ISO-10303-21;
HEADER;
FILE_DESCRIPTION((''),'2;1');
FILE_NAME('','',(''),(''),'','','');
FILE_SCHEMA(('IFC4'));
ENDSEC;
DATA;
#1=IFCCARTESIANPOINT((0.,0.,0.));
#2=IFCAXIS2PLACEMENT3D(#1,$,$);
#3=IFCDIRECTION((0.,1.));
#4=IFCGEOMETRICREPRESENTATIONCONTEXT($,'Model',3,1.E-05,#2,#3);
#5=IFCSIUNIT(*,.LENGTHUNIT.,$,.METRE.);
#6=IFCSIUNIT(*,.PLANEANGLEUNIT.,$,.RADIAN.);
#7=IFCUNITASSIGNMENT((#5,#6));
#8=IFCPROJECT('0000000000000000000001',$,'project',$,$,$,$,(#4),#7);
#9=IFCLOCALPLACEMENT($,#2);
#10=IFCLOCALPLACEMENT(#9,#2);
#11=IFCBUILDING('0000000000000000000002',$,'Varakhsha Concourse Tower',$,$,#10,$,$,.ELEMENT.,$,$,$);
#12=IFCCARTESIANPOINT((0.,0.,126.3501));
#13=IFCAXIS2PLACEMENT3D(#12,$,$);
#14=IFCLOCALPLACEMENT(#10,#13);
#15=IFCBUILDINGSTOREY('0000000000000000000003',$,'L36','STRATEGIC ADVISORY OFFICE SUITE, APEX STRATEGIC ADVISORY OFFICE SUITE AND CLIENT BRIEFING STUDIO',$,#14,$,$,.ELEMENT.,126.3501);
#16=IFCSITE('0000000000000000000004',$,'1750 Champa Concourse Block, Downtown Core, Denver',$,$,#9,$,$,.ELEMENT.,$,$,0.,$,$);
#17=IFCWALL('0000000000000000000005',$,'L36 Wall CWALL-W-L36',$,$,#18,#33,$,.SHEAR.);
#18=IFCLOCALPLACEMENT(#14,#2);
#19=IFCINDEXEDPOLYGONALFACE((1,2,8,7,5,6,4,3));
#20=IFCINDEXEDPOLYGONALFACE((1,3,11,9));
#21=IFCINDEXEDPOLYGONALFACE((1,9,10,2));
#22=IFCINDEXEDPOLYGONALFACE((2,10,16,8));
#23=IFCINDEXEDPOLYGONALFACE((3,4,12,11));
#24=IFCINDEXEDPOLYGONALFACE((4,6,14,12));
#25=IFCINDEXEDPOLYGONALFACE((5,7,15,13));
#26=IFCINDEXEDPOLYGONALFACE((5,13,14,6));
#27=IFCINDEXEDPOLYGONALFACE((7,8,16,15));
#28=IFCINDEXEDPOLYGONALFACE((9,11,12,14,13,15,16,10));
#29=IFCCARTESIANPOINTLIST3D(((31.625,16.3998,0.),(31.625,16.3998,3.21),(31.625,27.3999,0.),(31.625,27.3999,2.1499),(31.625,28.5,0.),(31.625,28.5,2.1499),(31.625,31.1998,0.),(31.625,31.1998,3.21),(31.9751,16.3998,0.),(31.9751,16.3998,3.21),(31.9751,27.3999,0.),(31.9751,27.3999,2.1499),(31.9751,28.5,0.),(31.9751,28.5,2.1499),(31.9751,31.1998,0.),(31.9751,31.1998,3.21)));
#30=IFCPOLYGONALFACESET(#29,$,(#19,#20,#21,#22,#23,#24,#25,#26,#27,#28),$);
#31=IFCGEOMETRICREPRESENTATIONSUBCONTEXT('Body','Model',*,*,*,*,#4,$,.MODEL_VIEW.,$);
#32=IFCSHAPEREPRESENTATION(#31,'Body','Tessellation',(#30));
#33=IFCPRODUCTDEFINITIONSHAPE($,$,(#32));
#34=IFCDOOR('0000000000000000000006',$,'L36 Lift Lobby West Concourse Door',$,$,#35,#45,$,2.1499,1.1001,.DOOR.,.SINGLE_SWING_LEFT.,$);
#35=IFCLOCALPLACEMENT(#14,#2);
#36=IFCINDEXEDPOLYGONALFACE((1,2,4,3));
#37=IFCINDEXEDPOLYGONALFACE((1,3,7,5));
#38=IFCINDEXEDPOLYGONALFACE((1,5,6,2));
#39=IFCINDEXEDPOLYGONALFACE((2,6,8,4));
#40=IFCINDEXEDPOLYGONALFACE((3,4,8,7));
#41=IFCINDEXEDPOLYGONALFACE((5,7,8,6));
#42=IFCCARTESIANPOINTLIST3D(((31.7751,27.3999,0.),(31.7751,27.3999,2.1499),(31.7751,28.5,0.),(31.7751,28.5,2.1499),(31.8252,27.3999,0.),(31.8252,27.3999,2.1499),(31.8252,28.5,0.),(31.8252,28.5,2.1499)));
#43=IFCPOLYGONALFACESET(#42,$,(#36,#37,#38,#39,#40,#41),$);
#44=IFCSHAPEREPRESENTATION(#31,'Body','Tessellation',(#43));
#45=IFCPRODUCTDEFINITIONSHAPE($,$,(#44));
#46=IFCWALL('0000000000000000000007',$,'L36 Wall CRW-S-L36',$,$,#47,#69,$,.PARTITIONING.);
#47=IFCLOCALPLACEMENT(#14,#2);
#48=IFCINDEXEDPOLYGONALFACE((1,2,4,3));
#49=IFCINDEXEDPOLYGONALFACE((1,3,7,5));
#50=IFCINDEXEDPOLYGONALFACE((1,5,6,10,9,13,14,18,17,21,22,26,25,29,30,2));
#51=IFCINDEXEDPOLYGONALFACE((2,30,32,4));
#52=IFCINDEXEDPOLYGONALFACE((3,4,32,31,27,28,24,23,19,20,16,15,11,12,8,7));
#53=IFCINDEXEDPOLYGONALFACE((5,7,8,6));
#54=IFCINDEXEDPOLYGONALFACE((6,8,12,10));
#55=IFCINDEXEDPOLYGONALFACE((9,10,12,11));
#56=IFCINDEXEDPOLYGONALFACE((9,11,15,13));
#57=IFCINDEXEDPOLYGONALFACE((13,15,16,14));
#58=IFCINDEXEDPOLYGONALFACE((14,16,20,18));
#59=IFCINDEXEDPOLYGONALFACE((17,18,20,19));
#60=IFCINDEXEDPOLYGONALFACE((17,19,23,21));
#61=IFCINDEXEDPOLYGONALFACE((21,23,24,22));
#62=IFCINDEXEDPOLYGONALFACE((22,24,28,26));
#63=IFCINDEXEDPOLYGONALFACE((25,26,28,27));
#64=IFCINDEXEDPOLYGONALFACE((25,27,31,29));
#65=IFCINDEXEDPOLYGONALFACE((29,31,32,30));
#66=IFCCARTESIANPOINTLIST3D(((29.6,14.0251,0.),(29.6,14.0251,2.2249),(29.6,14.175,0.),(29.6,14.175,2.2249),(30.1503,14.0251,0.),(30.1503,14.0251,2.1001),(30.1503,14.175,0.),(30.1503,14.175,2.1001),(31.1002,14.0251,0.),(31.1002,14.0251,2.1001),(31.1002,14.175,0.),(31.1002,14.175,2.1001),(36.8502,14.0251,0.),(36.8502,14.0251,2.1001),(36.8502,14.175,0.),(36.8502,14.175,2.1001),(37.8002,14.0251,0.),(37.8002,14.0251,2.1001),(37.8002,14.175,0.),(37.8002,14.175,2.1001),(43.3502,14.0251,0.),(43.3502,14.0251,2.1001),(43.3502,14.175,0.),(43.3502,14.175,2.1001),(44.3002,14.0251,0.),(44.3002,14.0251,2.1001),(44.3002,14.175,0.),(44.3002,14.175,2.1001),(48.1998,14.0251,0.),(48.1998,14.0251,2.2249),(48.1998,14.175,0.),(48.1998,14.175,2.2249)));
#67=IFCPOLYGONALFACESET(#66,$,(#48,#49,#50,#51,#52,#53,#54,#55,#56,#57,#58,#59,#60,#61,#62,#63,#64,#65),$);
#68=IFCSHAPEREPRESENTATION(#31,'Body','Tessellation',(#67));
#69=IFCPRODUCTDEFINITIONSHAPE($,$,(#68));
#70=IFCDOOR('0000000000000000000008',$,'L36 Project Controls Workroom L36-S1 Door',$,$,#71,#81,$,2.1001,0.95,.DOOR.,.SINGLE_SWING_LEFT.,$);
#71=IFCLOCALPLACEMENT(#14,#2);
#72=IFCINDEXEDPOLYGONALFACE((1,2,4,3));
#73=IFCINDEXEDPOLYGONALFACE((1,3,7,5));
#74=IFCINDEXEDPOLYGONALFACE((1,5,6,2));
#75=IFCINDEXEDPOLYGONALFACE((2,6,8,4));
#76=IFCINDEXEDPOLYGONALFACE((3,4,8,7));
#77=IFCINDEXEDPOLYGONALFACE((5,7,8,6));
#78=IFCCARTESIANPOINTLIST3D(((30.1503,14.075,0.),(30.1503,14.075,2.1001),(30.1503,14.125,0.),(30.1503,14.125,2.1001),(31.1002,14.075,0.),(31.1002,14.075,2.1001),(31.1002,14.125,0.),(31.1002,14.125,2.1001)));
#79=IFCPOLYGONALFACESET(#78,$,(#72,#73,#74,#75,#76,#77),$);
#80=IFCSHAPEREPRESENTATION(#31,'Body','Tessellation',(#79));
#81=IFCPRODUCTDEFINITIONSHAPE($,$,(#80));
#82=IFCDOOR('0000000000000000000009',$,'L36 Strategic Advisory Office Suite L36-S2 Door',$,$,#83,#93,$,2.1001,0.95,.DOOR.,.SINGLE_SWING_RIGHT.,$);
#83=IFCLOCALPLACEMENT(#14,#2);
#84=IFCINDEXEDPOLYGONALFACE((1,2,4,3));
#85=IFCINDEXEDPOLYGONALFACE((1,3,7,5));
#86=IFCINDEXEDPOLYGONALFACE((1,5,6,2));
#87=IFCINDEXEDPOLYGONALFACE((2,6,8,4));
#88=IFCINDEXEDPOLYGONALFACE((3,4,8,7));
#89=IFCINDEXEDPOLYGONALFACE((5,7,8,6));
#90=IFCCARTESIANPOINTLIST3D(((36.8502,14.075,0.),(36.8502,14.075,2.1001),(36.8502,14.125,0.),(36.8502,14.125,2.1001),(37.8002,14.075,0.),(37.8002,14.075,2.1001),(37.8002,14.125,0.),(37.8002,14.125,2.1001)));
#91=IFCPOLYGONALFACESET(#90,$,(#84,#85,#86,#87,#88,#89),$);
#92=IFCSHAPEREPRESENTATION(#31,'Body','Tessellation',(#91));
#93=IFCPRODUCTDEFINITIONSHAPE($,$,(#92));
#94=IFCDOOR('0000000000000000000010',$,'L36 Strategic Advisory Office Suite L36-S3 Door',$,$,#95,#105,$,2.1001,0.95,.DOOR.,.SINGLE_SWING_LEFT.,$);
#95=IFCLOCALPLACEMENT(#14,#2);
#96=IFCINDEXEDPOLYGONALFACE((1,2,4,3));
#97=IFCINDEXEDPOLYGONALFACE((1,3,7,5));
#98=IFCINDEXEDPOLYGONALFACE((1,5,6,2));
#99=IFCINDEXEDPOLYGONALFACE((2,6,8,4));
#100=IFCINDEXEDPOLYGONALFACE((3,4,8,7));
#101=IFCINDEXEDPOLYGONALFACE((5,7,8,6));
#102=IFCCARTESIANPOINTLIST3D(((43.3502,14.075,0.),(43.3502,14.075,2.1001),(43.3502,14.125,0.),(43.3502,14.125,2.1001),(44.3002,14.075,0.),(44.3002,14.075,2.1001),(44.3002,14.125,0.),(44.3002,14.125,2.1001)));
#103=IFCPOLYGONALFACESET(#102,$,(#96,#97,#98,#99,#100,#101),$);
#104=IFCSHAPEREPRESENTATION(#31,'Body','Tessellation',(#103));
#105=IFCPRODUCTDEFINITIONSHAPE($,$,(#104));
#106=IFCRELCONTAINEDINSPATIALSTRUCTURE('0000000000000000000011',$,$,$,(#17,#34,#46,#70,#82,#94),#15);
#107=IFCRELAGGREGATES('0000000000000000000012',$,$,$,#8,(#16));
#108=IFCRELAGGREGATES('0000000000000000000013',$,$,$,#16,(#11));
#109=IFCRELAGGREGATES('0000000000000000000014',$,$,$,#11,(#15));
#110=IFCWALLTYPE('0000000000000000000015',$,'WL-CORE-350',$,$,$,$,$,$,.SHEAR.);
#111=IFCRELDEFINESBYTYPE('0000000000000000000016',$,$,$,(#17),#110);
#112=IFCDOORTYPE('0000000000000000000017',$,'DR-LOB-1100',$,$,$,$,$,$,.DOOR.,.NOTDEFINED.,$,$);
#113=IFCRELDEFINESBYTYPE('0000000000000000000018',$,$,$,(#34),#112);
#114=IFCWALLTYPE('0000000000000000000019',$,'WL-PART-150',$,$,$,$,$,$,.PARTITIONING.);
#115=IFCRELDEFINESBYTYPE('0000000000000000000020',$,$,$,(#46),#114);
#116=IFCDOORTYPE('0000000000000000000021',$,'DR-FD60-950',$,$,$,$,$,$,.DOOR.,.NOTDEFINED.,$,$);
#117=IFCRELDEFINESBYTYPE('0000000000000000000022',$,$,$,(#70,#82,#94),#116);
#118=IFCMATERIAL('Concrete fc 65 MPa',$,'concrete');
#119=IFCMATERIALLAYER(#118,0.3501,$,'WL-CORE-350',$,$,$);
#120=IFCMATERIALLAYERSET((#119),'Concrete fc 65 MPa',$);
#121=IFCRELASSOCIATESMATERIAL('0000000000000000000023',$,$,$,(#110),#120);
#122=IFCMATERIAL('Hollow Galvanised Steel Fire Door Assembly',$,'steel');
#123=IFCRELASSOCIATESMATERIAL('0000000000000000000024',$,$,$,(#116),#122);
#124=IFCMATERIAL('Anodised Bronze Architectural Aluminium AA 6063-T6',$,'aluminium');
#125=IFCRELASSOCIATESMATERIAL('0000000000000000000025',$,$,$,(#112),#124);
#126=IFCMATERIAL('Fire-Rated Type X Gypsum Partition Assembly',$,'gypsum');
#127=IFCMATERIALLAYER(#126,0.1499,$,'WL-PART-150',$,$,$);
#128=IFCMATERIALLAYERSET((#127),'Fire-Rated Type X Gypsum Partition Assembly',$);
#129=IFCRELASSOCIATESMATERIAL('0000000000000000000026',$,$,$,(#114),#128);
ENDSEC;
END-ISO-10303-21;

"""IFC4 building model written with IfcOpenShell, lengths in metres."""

from ifc_helpers import new_model, si_unit, direction, frame, frame_2d, origin, place, context, subcontext, project, spatial, rectangle, extrude, material, layer, layer_set, type_object, element, fill, save


model = new_model("IFC4")

# Units and contexts
model_context = context("Model", 3, precision=1e-05, world=origin(), true_north=direction((0.0, 1.0)))
body_context = subcontext(model_context, "Body", "Model", "MODEL_VIEW")
ifc_project = project(units=[si_unit("LENGTHUNIT", "METRE"), si_unit("PLANEANGLEUNIT", "RADIAN")], contexts=[model_context])

# Site, building, storey
site_placement = place(None, origin())
site = spatial("IfcSite", under=ifc_project, at=site_placement, Name="1750 Champa Concourse Block, Downtown Core, Denver", CompositionType="ELEMENT", RefElevation=0.0)
building_placement = place(site_placement, origin())
building = spatial("IfcBuilding", under=site, at=building_placement, Name="Varakhsha Concourse Tower", CompositionType="ELEMENT")
storey_placement = place(building_placement, frame((0.0, 0.0, 126.3501)))
storey = spatial("IfcBuildingStorey", under=building, at=storey_placement, Name="L36", Description="STRATEGIC ADVISORY OFFICE SUITE, APEX STRATEGIC ADVISORY OFFICE SUITE AND CLIENT BRIEFING STUDIO", CompositionType="ELEMENT", Elevation=126.3501)

# Shared definitions
ifc_material_1 = material(Name="Concrete fc 65 MPa", Category="concrete")

# Shared definitions
ifc_layer_1 = layer(ifc_material_1, 0.3501, Name="WL-CORE-350")
ifc_layer_set_1 = layer_set([ifc_layer_1], Name="Concrete fc 65 MPa")
wall_type_1 = type_object("IfcWallType", Name="WL-CORE-350", PredefinedType="SHEAR", material=ifc_layer_set_1)
ifc_material_2 = material(Name="Hollow Galvanised Steel Fire Door Assembly", Category="steel")
door_type_1 = type_object("IfcDoorType", Name="DR-FD60-950", OperationType="NOTDEFINED", PredefinedType="DOOR", material=ifc_material_2)

# Wall, opening, door
wall_1_placement = place(storey_placement, frame((31.8, 16.3999, 0.0), z_axis=(0.0, 0.0, 1.0), x_axis=(0.0, 1.0, 0.0)))
wall_1 = element("IfcWall", 1, at=wall_1_placement, inside=storey, type_object=wall_type_1, Name="L36 Wall CWALL-W-L36", PredefinedType="SHEAR", context=body_context, shape_type="SweptSolid", body=[
    extrude(rectangle(XDim=14.8, YDim=0.3501, at=frame_2d((7.3999, 0.0))), origin(), (0.0, 0.0, 1.0), 3.21),
])
opening_1_placement = place(wall_1_placement, frame((11.0, 0.0, 0.0)))
opening_1 = element("IfcOpeningElement", 2, at=opening_1_placement, cuts=wall_1, PredefinedType="OPENING", context=body_context, shape_type="SweptSolid", body=[
    extrude(rectangle(XDim=1.1001, YDim=2.1499, at=frame_2d((0.55, 1.075))), frame((0.0, 0.1851, 0.0), z_axis=(0.0, -1.0, 0.0), x_axis=(1.0, 0.0, 0.0)), (0.0, 0.0, 1.0), 0.3701),
])
ifc_material_3 = material(Name="Anodised Bronze Architectural Aluminium AA 6063-T6", Category="aluminium")
door_type_2 = type_object("IfcDoorType", Name="DR-LOB-1100", OperationType="NOTDEFINED", PredefinedType="DOOR", material=ifc_material_3)
door_1_placement = place(opening_1_placement, origin())
door_1 = element("IfcDoor", 3, at=door_1_placement, inside=storey, type_object=door_type_2, Name="L36 Lift Lobby West Concourse Door", OperationType="SINGLE_SWING_LEFT", OverallHeight=2.1499, OverallWidth=1.1001, PredefinedType="DOOR", context=body_context, shape_type="SweptSolid", body=[
    extrude(rectangle(XDim=1.1001, YDim=2.1499, at=frame_2d((0.55, 1.075))), frame((0.0, 0.0249, 0.0), z_axis=(0.0, -1.0, 0.0), x_axis=(1.0, 0.0, 0.0)), (0.0, 0.0, 1.0), 0.05),
])
fill(opening_1, door_1)

# Wall, openings, doors
ifc_material_4 = material(Name="Fire-Rated Type X Gypsum Partition Assembly", Category="gypsum")
ifc_layer_2 = layer(ifc_material_4, 0.1499, Name="WL-PART-150")
ifc_layer_set_2 = layer_set([ifc_layer_2], Name="Fire-Rated Type X Gypsum Partition Assembly")
wall_type_2 = type_object("IfcWallType", Name="WL-PART-150", PredefinedType="PARTITIONING", material=ifc_layer_set_2)
wall_2_placement = place(storey_placement, frame((29.6001, 14.1001, 0.0), z_axis=(0.0, 0.0, 1.0), x_axis=(1.0, 0.0, 0.0)))
wall_2 = element("IfcWall", 4, at=wall_2_placement, inside=storey, type_object=wall_type_2, Name="L36 Wall CRW-S-L36", PredefinedType="PARTITIONING", context=body_context, shape_type="SweptSolid", body=[
    extrude(rectangle(XDim=18.5999, YDim=0.1499, at=frame_2d((9.2998, 0.0))), origin(), (0.0, 0.0, 1.0), 2.2249),
])
opening_2_placement = place(wall_2_placement, frame((0.55, 0.0, 0.0)))
opening_2 = element("IfcOpeningElement", 5, at=opening_2_placement, cuts=wall_2, PredefinedType="OPENING", context=body_context, shape_type="SweptSolid", body=[
    extrude(rectangle(XDim=0.95, YDim=2.1001, at=frame_2d((0.4751, 1.05))), frame((0.0, 0.085, 0.0), z_axis=(0.0, -1.0, 0.0), x_axis=(1.0, 0.0, 0.0)), (0.0, 0.0, 1.0), 0.1699),
])
opening_3_placement = place(wall_2_placement, frame((7.25, 0.0, 0.0)))
opening_3 = element("IfcOpeningElement", 6, at=opening_3_placement, cuts=wall_2, PredefinedType="OPENING", context=body_context, shape_type="SweptSolid", body=[
    extrude(rectangle(XDim=0.95, YDim=2.1001, at=frame_2d((0.4751, 1.05))), frame((0.0, 0.085, 0.0), z_axis=(0.0, -1.0, 0.0), x_axis=(1.0, 0.0, 0.0)), (0.0, 0.0, 1.0), 0.1699),
])
opening_4_placement = place(wall_2_placement, frame((13.75, 0.0, 0.0)))
opening_4 = element("IfcOpeningElement", 7, at=opening_4_placement, cuts=wall_2, PredefinedType="OPENING", context=body_context, shape_type="SweptSolid", body=[
    extrude(rectangle(XDim=0.95, YDim=2.1001, at=frame_2d((0.4751, 1.05))), frame((0.0, 0.085, 0.0), z_axis=(0.0, -1.0, 0.0), x_axis=(1.0, 0.0, 0.0)), (0.0, 0.0, 1.0), 0.1699),
])
door_2_placement = place(opening_2_placement, origin())
door_2 = element("IfcDoor", 8, at=door_2_placement, inside=storey, type_object=door_type_1, Name="L36 Project Controls Workroom L36-S1 Door", OperationType="SINGLE_SWING_LEFT", OverallHeight=2.1001, OverallWidth=0.95, PredefinedType="DOOR", context=body_context, shape_type="SweptSolid", body=[
    extrude(rectangle(XDim=0.95, YDim=2.1001, at=frame_2d((0.4751, 1.05))), frame((0.0, 0.0249, 0.0), z_axis=(0.0, -1.0, 0.0), x_axis=(1.0, 0.0, 0.0)), (0.0, 0.0, 1.0), 0.05),
])
fill(opening_2, door_2)
door_3_placement = place(opening_3_placement, origin())
door_3 = element("IfcDoor", 9, at=door_3_placement, inside=storey, type_object=door_type_1, Name="L36 Strategic Advisory Office Suite L36-S2 Door", OperationType="SINGLE_SWING_RIGHT", OverallHeight=2.1001, OverallWidth=0.95, PredefinedType="DOOR", context=body_context, shape_type="SweptSolid", body=[
    extrude(rectangle(XDim=0.95, YDim=2.1001, at=frame_2d((0.4751, 1.05))), frame((0.0, 0.0249, 0.0), z_axis=(0.0, -1.0, 0.0), x_axis=(1.0, 0.0, 0.0)), (0.0, 0.0, 1.0), 0.05),
])
fill(opening_3, door_3)
door_4_placement = place(opening_4_placement, origin())
door_4 = element("IfcDoor", 10, at=door_4_placement, inside=storey, type_object=door_type_1, Name="L36 Strategic Advisory Office Suite L36-S3 Door", OperationType="SINGLE_SWING_LEFT", OverallHeight=2.1001, OverallWidth=0.95, PredefinedType="DOOR", context=body_context, shape_type="SweptSolid", body=[
    extrude(rectangle(XDim=0.95, YDim=2.1001, at=frame_2d((0.4751, 1.05))), frame((0.0, 0.0249, 0.0), z_axis=(0.0, -1.0, 0.0), x_axis=(1.0, 0.0, 0.0)), (0.0, 0.0, 1.0), 0.05),
])
fill(opening_4, door_4)

save(model, "model.ifc")
